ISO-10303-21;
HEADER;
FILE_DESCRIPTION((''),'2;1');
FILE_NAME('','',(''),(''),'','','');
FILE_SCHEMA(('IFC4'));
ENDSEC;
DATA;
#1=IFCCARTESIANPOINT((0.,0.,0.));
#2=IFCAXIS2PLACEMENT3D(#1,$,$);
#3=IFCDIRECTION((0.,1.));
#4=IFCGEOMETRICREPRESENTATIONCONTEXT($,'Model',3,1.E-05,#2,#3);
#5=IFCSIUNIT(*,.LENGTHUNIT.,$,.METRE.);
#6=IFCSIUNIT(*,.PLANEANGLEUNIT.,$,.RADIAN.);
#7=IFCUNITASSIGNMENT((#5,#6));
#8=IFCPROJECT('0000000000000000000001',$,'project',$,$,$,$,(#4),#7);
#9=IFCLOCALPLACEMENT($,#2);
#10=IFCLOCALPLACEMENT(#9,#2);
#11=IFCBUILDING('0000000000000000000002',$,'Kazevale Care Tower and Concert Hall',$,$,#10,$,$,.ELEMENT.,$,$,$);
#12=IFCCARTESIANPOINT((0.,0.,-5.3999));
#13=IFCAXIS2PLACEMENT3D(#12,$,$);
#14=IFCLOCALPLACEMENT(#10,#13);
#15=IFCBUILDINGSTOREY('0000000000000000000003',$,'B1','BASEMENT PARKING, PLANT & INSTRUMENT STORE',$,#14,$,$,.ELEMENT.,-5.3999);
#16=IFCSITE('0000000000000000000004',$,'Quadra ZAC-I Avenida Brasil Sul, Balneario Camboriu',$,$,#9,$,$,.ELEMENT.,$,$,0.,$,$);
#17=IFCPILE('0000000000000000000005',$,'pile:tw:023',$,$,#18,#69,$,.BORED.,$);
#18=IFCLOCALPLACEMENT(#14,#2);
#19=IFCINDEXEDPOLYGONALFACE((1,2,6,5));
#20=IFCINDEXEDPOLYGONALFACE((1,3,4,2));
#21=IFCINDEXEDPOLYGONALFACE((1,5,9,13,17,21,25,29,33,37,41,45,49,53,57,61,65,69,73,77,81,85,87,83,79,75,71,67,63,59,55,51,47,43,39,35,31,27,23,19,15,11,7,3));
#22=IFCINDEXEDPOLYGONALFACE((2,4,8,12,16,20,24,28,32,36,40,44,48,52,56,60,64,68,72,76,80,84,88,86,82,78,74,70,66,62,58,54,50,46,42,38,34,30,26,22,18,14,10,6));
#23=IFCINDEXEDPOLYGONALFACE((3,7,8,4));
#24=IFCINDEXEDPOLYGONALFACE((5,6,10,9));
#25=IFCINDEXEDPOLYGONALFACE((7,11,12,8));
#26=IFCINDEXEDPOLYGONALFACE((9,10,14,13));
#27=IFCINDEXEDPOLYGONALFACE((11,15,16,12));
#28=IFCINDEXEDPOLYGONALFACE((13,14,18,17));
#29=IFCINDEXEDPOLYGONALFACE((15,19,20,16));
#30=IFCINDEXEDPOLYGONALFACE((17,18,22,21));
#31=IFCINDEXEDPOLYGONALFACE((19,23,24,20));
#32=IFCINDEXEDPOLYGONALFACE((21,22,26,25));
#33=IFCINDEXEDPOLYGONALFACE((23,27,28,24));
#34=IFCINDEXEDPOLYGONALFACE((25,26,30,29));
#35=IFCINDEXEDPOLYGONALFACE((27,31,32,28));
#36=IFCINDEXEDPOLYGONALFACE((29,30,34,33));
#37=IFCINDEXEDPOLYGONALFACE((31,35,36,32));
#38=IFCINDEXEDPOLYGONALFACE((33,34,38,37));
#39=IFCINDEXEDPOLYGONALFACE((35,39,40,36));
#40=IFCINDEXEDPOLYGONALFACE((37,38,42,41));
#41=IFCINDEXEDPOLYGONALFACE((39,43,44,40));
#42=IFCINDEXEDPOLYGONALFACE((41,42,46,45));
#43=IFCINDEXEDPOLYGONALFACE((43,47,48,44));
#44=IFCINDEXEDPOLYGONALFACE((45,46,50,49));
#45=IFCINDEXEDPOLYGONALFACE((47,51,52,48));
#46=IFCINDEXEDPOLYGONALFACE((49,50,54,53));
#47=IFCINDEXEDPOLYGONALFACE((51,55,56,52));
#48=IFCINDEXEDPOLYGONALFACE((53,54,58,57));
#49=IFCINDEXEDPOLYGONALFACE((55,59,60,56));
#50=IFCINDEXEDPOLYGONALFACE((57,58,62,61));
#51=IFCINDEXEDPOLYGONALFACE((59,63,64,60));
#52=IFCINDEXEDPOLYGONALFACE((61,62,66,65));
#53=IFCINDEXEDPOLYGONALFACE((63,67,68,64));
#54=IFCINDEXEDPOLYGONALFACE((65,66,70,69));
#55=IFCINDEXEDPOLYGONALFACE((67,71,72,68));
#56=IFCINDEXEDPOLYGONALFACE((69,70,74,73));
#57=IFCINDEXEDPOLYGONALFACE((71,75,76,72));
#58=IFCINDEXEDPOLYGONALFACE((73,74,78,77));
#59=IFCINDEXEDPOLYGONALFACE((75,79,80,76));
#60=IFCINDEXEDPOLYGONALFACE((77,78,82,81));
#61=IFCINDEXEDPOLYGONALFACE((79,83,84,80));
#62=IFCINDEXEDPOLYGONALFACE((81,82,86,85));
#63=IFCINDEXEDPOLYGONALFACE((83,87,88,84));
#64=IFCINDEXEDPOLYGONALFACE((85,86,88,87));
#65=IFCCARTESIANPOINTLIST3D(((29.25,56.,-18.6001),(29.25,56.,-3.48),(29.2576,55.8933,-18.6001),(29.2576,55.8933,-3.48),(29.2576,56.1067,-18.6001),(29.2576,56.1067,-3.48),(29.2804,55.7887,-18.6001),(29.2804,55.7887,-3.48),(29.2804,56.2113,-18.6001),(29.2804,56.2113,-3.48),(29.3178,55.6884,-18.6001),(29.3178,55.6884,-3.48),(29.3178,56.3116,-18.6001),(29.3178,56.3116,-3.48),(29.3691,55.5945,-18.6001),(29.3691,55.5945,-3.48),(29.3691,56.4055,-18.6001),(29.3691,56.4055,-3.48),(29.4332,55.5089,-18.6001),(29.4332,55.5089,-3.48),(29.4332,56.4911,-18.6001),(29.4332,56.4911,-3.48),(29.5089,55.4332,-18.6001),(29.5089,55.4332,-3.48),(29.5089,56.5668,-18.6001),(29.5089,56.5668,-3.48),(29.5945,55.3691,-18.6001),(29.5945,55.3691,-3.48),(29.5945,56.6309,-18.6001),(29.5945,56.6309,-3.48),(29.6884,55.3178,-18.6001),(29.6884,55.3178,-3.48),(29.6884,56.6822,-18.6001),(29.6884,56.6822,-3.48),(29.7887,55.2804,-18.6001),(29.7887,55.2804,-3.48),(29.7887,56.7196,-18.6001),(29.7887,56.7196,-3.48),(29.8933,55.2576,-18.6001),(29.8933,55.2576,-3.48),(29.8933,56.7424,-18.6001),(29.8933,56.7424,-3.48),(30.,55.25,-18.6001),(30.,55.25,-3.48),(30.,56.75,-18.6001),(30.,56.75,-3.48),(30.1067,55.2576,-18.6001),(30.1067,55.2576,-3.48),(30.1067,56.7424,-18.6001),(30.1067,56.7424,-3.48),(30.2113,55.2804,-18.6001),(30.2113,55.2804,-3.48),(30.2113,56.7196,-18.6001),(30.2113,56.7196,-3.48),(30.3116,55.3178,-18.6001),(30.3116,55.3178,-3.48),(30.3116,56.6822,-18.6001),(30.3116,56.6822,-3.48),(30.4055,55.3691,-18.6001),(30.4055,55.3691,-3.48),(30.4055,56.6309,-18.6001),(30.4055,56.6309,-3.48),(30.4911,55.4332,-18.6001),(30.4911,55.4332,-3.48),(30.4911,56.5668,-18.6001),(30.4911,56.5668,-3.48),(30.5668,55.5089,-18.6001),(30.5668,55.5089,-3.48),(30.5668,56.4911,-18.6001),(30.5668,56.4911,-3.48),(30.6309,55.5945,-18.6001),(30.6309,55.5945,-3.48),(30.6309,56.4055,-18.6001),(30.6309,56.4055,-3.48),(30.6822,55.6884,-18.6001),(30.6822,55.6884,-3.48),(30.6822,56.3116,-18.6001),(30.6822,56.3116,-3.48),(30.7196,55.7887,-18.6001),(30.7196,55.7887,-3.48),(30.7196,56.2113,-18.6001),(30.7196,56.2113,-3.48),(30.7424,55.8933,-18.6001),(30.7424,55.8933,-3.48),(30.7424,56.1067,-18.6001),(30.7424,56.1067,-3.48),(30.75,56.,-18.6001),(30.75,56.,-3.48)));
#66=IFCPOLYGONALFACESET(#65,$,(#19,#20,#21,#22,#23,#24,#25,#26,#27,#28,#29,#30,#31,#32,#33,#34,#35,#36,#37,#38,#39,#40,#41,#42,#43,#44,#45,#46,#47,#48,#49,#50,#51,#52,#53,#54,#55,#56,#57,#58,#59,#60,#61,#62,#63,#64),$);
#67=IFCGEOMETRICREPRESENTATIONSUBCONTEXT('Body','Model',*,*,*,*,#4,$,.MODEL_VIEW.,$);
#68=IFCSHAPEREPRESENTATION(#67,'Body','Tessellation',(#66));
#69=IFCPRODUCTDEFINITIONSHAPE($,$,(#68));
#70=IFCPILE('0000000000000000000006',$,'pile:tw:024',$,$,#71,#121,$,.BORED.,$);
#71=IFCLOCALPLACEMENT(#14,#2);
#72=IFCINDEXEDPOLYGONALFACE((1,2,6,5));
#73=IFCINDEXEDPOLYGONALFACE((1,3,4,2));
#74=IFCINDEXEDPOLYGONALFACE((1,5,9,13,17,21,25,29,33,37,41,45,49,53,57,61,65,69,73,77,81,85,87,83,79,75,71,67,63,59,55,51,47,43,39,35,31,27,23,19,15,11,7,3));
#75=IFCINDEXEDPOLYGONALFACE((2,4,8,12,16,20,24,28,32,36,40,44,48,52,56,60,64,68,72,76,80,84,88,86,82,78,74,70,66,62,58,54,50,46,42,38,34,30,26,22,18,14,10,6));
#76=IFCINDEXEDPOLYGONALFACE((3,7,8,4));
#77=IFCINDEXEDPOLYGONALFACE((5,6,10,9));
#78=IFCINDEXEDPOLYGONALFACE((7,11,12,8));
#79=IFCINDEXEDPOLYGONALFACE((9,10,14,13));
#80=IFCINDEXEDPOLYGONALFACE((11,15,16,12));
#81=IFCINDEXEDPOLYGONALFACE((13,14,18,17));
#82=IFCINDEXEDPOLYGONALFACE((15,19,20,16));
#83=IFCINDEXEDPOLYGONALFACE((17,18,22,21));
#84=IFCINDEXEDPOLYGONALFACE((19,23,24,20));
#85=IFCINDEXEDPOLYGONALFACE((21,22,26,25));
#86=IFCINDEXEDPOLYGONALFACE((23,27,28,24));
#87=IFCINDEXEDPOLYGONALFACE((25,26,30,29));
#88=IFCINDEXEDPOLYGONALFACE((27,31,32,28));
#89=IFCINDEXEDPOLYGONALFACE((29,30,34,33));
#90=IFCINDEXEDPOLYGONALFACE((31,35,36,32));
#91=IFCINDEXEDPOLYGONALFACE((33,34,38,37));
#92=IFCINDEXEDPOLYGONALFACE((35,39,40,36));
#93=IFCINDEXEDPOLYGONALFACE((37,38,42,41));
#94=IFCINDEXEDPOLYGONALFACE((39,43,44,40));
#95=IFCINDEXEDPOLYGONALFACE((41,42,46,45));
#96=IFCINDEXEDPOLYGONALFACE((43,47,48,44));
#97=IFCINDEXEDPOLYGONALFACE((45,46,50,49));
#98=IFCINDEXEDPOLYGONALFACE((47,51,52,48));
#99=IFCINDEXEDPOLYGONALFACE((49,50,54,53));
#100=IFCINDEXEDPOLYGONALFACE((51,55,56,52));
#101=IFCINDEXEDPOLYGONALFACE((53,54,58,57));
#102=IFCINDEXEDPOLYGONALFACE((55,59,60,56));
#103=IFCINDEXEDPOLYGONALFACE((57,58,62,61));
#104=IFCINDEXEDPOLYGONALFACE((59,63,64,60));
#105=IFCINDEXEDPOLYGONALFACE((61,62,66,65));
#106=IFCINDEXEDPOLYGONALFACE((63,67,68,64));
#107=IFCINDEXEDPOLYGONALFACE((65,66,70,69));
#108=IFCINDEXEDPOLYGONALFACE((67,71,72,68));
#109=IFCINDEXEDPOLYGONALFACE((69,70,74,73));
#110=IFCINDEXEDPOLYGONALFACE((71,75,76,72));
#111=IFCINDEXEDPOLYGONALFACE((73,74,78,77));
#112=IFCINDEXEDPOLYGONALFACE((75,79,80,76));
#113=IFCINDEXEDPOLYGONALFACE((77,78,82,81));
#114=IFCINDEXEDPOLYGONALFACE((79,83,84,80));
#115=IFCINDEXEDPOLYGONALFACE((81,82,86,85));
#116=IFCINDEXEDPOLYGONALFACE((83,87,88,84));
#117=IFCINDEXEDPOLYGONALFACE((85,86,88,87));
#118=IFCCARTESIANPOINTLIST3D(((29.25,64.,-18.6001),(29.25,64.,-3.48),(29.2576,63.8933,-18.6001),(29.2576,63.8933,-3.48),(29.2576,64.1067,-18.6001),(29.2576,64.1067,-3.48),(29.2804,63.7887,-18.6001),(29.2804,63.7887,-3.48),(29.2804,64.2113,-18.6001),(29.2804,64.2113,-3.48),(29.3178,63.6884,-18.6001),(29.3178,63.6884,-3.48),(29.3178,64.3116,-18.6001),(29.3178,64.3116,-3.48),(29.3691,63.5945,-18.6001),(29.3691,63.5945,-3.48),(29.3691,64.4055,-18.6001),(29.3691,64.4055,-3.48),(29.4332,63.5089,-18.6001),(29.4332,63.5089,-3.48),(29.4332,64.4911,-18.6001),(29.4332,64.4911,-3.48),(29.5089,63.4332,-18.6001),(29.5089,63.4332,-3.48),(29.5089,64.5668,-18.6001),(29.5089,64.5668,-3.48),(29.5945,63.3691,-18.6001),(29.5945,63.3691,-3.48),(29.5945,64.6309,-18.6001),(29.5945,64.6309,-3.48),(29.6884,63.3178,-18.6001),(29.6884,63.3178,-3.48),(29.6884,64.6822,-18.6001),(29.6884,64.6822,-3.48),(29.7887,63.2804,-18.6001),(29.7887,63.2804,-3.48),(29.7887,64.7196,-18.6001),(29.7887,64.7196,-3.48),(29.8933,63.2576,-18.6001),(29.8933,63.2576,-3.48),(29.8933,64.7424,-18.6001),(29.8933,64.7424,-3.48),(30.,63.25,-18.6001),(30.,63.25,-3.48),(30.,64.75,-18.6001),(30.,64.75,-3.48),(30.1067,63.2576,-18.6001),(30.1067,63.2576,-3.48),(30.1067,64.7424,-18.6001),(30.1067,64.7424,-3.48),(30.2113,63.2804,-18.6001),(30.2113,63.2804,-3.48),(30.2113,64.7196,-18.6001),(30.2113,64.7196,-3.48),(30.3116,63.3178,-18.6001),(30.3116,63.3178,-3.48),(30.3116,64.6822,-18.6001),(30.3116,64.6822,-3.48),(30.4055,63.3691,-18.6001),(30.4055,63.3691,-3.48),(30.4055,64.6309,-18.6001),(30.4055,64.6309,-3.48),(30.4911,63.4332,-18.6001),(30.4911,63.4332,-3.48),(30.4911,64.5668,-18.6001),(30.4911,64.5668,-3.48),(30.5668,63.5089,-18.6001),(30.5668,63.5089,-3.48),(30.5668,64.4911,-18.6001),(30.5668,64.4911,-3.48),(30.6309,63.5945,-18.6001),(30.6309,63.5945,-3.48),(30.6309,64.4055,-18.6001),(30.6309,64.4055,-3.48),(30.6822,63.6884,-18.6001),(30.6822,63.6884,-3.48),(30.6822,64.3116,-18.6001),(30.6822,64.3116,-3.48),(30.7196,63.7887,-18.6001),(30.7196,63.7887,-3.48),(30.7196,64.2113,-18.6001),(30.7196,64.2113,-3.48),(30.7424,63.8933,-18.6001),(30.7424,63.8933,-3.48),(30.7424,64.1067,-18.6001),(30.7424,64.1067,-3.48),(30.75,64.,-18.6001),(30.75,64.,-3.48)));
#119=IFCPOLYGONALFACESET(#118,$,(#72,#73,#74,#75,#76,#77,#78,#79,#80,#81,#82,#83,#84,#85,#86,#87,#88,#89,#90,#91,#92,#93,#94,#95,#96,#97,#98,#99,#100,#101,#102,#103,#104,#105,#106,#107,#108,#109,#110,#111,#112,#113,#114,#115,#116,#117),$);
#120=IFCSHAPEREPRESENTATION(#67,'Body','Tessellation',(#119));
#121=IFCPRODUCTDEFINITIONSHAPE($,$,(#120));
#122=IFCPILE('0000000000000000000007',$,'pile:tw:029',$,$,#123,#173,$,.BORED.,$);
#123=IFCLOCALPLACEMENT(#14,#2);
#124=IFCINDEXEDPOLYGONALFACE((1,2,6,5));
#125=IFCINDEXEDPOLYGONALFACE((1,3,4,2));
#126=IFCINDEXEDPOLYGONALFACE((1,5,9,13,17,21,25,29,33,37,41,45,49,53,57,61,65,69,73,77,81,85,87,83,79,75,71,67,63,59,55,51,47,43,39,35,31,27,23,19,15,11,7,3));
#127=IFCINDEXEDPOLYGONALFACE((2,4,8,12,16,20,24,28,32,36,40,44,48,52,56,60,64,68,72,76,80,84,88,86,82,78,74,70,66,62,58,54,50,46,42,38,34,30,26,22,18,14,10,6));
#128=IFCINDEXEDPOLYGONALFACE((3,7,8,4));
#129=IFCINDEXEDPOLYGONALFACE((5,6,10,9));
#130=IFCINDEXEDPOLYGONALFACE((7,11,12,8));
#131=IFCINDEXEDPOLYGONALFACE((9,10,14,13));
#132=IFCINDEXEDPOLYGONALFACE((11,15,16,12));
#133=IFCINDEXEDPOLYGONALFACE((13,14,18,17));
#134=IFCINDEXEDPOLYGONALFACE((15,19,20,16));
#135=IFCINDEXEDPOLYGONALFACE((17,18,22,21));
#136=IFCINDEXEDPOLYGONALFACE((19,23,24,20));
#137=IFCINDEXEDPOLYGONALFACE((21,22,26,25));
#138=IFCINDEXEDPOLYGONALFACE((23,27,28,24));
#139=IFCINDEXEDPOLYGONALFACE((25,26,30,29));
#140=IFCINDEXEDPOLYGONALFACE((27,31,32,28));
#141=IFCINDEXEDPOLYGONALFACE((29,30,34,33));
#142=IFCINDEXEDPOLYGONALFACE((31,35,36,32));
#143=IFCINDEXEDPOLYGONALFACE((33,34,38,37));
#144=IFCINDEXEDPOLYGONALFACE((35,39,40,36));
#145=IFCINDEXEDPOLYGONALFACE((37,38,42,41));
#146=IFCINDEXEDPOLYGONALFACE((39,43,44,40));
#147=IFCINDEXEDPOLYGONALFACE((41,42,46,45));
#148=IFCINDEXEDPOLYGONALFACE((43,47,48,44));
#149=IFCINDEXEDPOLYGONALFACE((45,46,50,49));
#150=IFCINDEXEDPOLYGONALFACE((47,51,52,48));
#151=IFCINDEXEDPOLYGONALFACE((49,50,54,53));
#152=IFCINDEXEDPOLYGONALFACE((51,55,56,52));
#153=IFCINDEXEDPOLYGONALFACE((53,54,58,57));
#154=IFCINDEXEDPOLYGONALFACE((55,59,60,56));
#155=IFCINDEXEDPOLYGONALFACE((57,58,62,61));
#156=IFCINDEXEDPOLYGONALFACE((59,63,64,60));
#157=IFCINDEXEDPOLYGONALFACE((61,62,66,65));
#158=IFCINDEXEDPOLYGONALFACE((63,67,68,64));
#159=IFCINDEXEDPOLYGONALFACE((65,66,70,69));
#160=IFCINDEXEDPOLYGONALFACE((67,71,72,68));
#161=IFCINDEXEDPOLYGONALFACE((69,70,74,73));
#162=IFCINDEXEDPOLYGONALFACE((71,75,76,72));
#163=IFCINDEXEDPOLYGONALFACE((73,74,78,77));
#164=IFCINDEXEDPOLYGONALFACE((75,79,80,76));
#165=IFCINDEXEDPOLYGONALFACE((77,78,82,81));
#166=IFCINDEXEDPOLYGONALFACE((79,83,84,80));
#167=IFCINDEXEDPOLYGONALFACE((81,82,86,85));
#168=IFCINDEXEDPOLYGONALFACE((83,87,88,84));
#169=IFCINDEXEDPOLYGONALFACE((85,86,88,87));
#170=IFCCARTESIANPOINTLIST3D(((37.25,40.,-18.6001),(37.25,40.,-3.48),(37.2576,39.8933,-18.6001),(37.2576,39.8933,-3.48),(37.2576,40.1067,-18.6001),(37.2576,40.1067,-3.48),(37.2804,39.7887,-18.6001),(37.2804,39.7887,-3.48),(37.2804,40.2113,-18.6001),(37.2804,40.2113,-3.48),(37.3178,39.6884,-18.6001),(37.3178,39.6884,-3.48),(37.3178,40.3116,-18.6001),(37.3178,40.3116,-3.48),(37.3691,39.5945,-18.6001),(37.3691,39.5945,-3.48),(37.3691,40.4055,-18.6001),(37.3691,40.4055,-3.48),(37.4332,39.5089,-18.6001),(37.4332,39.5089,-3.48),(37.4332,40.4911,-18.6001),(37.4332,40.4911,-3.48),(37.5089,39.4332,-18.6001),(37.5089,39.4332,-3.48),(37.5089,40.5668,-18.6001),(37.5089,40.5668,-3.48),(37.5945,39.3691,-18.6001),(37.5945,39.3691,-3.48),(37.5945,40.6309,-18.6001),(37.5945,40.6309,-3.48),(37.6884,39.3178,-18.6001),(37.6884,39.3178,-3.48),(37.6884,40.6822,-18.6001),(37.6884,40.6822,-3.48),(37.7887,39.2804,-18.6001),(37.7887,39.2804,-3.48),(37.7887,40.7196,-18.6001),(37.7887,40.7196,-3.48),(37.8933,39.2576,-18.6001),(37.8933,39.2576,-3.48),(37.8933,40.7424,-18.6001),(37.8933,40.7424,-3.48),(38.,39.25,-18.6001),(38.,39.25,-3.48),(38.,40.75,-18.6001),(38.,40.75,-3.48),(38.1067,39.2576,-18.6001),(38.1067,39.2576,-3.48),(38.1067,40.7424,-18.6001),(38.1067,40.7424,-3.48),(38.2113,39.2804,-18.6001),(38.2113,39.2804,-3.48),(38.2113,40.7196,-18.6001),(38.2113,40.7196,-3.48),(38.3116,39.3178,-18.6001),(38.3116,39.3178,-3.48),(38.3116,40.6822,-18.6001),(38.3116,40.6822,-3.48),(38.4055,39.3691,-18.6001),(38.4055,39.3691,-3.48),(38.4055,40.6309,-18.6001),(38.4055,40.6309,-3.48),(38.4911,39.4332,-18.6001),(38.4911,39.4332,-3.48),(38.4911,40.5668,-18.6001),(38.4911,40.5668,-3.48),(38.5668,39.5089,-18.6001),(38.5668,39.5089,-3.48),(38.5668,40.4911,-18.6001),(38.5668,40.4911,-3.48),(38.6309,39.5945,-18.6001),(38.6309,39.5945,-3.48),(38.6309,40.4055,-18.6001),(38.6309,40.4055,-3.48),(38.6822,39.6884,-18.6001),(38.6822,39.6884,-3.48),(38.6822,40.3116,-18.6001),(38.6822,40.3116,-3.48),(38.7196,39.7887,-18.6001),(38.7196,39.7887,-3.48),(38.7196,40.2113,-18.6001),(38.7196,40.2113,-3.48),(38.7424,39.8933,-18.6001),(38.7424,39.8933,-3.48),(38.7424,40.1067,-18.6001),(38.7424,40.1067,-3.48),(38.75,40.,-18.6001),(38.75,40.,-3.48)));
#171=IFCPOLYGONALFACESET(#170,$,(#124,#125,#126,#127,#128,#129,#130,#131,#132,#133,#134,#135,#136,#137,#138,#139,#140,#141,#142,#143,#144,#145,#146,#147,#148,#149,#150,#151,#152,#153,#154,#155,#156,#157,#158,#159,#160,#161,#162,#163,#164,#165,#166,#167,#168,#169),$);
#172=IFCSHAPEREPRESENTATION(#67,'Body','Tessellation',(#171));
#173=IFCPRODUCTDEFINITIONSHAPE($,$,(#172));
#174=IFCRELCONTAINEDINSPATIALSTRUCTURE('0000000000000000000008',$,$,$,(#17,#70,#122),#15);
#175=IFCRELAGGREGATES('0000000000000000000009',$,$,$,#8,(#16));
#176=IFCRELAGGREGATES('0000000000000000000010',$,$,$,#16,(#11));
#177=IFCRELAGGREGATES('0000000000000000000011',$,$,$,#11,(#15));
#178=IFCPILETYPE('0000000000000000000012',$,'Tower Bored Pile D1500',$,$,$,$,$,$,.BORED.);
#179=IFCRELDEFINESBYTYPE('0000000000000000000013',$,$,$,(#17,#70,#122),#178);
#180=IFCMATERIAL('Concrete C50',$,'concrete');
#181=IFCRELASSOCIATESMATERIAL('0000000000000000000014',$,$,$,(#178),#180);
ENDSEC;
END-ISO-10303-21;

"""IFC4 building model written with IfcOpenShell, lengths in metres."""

from ifc_helpers import new_model, si_unit, direction, frame, origin, origin_2d, place, context, subcontext, project, spatial, circle, extrude, material, material_profile, profile_set, type_object, element, save


model = new_model("IFC4")

# Units and contexts
model_context = context("Model", 3, precision=1e-05, world=origin(), true_north=direction((0.0, 1.0)))
body_context = subcontext(model_context, "Body", "Model", "MODEL_VIEW")
ifc_project = project(units=[si_unit("LENGTHUNIT", "METRE"), si_unit("PLANEANGLEUNIT", "RADIAN")], contexts=[model_context])

# Site, building, storey
site_placement = place(None, origin())
site = spatial("IfcSite", under=ifc_project, at=site_placement, Name="Quadra ZAC-I Avenida Brasil Sul, Balneario Camboriu", CompositionType="ELEMENT", RefElevation=0.0)
building_placement = place(site_placement, origin())
building = spatial("IfcBuilding", under=site, at=building_placement, Name="Kazevale Care Tower and Concert Hall", CompositionType="ELEMENT")
storey_placement = place(building_placement, frame((0.0, 0.0, -5.3999)))
storey = spatial("IfcBuildingStorey", under=building, at=storey_placement, Name="B1", Description="BASEMENT PARKING, PLANT & INSTRUMENT STORE", CompositionType="ELEMENT", Elevation=-5.3999)

# Shared definitions
ifc_material_1 = material(Name="Concrete C50", Category="concrete")

# Piles
ifc_material_profile_1 = material_profile(ifc_material_1, circle(Radius=0.75, at=origin_2d()), Name="PILE-D1500")
ifc_profile_set_1 = profile_set([ifc_material_profile_1], Name="Concrete C50")
pile_type = type_object("IfcPileType", Name="Tower Bored Pile D1500", PredefinedType="BORED", material=ifc_profile_set_1)
for number, where, z_axis, x_axis, name in (
    (1, (30.0, 56.0, -3.48), (0.0, 0.0, -1.0), (1.0, 0.0, 0.0), "pile:tw:023"),
    (2, (30.0, 64.0, -3.48), (0.0, 0.0, -1.0), (1.0, 0.0, 0.0), "pile:tw:024"),
    (3, (38.0, 40.0, -3.48), (0.0, 0.0, -1.0), (1.0, 0.0, 0.0), "pile:tw:029"),
):
    element("IfcPile", number, at=place(storey_placement, frame(where, z_axis=z_axis, x_axis=x_axis)), inside=storey, type_object=pile_type, Name=name, PredefinedType="BORED", context=body_context, shape_type="SweptSolid", body=[
        extrude(circle(Radius=0.75, at=origin_2d()), origin(), (0.0, 0.0, 1.0), 15.1201),
    ])

save(model, "model.ifc")
